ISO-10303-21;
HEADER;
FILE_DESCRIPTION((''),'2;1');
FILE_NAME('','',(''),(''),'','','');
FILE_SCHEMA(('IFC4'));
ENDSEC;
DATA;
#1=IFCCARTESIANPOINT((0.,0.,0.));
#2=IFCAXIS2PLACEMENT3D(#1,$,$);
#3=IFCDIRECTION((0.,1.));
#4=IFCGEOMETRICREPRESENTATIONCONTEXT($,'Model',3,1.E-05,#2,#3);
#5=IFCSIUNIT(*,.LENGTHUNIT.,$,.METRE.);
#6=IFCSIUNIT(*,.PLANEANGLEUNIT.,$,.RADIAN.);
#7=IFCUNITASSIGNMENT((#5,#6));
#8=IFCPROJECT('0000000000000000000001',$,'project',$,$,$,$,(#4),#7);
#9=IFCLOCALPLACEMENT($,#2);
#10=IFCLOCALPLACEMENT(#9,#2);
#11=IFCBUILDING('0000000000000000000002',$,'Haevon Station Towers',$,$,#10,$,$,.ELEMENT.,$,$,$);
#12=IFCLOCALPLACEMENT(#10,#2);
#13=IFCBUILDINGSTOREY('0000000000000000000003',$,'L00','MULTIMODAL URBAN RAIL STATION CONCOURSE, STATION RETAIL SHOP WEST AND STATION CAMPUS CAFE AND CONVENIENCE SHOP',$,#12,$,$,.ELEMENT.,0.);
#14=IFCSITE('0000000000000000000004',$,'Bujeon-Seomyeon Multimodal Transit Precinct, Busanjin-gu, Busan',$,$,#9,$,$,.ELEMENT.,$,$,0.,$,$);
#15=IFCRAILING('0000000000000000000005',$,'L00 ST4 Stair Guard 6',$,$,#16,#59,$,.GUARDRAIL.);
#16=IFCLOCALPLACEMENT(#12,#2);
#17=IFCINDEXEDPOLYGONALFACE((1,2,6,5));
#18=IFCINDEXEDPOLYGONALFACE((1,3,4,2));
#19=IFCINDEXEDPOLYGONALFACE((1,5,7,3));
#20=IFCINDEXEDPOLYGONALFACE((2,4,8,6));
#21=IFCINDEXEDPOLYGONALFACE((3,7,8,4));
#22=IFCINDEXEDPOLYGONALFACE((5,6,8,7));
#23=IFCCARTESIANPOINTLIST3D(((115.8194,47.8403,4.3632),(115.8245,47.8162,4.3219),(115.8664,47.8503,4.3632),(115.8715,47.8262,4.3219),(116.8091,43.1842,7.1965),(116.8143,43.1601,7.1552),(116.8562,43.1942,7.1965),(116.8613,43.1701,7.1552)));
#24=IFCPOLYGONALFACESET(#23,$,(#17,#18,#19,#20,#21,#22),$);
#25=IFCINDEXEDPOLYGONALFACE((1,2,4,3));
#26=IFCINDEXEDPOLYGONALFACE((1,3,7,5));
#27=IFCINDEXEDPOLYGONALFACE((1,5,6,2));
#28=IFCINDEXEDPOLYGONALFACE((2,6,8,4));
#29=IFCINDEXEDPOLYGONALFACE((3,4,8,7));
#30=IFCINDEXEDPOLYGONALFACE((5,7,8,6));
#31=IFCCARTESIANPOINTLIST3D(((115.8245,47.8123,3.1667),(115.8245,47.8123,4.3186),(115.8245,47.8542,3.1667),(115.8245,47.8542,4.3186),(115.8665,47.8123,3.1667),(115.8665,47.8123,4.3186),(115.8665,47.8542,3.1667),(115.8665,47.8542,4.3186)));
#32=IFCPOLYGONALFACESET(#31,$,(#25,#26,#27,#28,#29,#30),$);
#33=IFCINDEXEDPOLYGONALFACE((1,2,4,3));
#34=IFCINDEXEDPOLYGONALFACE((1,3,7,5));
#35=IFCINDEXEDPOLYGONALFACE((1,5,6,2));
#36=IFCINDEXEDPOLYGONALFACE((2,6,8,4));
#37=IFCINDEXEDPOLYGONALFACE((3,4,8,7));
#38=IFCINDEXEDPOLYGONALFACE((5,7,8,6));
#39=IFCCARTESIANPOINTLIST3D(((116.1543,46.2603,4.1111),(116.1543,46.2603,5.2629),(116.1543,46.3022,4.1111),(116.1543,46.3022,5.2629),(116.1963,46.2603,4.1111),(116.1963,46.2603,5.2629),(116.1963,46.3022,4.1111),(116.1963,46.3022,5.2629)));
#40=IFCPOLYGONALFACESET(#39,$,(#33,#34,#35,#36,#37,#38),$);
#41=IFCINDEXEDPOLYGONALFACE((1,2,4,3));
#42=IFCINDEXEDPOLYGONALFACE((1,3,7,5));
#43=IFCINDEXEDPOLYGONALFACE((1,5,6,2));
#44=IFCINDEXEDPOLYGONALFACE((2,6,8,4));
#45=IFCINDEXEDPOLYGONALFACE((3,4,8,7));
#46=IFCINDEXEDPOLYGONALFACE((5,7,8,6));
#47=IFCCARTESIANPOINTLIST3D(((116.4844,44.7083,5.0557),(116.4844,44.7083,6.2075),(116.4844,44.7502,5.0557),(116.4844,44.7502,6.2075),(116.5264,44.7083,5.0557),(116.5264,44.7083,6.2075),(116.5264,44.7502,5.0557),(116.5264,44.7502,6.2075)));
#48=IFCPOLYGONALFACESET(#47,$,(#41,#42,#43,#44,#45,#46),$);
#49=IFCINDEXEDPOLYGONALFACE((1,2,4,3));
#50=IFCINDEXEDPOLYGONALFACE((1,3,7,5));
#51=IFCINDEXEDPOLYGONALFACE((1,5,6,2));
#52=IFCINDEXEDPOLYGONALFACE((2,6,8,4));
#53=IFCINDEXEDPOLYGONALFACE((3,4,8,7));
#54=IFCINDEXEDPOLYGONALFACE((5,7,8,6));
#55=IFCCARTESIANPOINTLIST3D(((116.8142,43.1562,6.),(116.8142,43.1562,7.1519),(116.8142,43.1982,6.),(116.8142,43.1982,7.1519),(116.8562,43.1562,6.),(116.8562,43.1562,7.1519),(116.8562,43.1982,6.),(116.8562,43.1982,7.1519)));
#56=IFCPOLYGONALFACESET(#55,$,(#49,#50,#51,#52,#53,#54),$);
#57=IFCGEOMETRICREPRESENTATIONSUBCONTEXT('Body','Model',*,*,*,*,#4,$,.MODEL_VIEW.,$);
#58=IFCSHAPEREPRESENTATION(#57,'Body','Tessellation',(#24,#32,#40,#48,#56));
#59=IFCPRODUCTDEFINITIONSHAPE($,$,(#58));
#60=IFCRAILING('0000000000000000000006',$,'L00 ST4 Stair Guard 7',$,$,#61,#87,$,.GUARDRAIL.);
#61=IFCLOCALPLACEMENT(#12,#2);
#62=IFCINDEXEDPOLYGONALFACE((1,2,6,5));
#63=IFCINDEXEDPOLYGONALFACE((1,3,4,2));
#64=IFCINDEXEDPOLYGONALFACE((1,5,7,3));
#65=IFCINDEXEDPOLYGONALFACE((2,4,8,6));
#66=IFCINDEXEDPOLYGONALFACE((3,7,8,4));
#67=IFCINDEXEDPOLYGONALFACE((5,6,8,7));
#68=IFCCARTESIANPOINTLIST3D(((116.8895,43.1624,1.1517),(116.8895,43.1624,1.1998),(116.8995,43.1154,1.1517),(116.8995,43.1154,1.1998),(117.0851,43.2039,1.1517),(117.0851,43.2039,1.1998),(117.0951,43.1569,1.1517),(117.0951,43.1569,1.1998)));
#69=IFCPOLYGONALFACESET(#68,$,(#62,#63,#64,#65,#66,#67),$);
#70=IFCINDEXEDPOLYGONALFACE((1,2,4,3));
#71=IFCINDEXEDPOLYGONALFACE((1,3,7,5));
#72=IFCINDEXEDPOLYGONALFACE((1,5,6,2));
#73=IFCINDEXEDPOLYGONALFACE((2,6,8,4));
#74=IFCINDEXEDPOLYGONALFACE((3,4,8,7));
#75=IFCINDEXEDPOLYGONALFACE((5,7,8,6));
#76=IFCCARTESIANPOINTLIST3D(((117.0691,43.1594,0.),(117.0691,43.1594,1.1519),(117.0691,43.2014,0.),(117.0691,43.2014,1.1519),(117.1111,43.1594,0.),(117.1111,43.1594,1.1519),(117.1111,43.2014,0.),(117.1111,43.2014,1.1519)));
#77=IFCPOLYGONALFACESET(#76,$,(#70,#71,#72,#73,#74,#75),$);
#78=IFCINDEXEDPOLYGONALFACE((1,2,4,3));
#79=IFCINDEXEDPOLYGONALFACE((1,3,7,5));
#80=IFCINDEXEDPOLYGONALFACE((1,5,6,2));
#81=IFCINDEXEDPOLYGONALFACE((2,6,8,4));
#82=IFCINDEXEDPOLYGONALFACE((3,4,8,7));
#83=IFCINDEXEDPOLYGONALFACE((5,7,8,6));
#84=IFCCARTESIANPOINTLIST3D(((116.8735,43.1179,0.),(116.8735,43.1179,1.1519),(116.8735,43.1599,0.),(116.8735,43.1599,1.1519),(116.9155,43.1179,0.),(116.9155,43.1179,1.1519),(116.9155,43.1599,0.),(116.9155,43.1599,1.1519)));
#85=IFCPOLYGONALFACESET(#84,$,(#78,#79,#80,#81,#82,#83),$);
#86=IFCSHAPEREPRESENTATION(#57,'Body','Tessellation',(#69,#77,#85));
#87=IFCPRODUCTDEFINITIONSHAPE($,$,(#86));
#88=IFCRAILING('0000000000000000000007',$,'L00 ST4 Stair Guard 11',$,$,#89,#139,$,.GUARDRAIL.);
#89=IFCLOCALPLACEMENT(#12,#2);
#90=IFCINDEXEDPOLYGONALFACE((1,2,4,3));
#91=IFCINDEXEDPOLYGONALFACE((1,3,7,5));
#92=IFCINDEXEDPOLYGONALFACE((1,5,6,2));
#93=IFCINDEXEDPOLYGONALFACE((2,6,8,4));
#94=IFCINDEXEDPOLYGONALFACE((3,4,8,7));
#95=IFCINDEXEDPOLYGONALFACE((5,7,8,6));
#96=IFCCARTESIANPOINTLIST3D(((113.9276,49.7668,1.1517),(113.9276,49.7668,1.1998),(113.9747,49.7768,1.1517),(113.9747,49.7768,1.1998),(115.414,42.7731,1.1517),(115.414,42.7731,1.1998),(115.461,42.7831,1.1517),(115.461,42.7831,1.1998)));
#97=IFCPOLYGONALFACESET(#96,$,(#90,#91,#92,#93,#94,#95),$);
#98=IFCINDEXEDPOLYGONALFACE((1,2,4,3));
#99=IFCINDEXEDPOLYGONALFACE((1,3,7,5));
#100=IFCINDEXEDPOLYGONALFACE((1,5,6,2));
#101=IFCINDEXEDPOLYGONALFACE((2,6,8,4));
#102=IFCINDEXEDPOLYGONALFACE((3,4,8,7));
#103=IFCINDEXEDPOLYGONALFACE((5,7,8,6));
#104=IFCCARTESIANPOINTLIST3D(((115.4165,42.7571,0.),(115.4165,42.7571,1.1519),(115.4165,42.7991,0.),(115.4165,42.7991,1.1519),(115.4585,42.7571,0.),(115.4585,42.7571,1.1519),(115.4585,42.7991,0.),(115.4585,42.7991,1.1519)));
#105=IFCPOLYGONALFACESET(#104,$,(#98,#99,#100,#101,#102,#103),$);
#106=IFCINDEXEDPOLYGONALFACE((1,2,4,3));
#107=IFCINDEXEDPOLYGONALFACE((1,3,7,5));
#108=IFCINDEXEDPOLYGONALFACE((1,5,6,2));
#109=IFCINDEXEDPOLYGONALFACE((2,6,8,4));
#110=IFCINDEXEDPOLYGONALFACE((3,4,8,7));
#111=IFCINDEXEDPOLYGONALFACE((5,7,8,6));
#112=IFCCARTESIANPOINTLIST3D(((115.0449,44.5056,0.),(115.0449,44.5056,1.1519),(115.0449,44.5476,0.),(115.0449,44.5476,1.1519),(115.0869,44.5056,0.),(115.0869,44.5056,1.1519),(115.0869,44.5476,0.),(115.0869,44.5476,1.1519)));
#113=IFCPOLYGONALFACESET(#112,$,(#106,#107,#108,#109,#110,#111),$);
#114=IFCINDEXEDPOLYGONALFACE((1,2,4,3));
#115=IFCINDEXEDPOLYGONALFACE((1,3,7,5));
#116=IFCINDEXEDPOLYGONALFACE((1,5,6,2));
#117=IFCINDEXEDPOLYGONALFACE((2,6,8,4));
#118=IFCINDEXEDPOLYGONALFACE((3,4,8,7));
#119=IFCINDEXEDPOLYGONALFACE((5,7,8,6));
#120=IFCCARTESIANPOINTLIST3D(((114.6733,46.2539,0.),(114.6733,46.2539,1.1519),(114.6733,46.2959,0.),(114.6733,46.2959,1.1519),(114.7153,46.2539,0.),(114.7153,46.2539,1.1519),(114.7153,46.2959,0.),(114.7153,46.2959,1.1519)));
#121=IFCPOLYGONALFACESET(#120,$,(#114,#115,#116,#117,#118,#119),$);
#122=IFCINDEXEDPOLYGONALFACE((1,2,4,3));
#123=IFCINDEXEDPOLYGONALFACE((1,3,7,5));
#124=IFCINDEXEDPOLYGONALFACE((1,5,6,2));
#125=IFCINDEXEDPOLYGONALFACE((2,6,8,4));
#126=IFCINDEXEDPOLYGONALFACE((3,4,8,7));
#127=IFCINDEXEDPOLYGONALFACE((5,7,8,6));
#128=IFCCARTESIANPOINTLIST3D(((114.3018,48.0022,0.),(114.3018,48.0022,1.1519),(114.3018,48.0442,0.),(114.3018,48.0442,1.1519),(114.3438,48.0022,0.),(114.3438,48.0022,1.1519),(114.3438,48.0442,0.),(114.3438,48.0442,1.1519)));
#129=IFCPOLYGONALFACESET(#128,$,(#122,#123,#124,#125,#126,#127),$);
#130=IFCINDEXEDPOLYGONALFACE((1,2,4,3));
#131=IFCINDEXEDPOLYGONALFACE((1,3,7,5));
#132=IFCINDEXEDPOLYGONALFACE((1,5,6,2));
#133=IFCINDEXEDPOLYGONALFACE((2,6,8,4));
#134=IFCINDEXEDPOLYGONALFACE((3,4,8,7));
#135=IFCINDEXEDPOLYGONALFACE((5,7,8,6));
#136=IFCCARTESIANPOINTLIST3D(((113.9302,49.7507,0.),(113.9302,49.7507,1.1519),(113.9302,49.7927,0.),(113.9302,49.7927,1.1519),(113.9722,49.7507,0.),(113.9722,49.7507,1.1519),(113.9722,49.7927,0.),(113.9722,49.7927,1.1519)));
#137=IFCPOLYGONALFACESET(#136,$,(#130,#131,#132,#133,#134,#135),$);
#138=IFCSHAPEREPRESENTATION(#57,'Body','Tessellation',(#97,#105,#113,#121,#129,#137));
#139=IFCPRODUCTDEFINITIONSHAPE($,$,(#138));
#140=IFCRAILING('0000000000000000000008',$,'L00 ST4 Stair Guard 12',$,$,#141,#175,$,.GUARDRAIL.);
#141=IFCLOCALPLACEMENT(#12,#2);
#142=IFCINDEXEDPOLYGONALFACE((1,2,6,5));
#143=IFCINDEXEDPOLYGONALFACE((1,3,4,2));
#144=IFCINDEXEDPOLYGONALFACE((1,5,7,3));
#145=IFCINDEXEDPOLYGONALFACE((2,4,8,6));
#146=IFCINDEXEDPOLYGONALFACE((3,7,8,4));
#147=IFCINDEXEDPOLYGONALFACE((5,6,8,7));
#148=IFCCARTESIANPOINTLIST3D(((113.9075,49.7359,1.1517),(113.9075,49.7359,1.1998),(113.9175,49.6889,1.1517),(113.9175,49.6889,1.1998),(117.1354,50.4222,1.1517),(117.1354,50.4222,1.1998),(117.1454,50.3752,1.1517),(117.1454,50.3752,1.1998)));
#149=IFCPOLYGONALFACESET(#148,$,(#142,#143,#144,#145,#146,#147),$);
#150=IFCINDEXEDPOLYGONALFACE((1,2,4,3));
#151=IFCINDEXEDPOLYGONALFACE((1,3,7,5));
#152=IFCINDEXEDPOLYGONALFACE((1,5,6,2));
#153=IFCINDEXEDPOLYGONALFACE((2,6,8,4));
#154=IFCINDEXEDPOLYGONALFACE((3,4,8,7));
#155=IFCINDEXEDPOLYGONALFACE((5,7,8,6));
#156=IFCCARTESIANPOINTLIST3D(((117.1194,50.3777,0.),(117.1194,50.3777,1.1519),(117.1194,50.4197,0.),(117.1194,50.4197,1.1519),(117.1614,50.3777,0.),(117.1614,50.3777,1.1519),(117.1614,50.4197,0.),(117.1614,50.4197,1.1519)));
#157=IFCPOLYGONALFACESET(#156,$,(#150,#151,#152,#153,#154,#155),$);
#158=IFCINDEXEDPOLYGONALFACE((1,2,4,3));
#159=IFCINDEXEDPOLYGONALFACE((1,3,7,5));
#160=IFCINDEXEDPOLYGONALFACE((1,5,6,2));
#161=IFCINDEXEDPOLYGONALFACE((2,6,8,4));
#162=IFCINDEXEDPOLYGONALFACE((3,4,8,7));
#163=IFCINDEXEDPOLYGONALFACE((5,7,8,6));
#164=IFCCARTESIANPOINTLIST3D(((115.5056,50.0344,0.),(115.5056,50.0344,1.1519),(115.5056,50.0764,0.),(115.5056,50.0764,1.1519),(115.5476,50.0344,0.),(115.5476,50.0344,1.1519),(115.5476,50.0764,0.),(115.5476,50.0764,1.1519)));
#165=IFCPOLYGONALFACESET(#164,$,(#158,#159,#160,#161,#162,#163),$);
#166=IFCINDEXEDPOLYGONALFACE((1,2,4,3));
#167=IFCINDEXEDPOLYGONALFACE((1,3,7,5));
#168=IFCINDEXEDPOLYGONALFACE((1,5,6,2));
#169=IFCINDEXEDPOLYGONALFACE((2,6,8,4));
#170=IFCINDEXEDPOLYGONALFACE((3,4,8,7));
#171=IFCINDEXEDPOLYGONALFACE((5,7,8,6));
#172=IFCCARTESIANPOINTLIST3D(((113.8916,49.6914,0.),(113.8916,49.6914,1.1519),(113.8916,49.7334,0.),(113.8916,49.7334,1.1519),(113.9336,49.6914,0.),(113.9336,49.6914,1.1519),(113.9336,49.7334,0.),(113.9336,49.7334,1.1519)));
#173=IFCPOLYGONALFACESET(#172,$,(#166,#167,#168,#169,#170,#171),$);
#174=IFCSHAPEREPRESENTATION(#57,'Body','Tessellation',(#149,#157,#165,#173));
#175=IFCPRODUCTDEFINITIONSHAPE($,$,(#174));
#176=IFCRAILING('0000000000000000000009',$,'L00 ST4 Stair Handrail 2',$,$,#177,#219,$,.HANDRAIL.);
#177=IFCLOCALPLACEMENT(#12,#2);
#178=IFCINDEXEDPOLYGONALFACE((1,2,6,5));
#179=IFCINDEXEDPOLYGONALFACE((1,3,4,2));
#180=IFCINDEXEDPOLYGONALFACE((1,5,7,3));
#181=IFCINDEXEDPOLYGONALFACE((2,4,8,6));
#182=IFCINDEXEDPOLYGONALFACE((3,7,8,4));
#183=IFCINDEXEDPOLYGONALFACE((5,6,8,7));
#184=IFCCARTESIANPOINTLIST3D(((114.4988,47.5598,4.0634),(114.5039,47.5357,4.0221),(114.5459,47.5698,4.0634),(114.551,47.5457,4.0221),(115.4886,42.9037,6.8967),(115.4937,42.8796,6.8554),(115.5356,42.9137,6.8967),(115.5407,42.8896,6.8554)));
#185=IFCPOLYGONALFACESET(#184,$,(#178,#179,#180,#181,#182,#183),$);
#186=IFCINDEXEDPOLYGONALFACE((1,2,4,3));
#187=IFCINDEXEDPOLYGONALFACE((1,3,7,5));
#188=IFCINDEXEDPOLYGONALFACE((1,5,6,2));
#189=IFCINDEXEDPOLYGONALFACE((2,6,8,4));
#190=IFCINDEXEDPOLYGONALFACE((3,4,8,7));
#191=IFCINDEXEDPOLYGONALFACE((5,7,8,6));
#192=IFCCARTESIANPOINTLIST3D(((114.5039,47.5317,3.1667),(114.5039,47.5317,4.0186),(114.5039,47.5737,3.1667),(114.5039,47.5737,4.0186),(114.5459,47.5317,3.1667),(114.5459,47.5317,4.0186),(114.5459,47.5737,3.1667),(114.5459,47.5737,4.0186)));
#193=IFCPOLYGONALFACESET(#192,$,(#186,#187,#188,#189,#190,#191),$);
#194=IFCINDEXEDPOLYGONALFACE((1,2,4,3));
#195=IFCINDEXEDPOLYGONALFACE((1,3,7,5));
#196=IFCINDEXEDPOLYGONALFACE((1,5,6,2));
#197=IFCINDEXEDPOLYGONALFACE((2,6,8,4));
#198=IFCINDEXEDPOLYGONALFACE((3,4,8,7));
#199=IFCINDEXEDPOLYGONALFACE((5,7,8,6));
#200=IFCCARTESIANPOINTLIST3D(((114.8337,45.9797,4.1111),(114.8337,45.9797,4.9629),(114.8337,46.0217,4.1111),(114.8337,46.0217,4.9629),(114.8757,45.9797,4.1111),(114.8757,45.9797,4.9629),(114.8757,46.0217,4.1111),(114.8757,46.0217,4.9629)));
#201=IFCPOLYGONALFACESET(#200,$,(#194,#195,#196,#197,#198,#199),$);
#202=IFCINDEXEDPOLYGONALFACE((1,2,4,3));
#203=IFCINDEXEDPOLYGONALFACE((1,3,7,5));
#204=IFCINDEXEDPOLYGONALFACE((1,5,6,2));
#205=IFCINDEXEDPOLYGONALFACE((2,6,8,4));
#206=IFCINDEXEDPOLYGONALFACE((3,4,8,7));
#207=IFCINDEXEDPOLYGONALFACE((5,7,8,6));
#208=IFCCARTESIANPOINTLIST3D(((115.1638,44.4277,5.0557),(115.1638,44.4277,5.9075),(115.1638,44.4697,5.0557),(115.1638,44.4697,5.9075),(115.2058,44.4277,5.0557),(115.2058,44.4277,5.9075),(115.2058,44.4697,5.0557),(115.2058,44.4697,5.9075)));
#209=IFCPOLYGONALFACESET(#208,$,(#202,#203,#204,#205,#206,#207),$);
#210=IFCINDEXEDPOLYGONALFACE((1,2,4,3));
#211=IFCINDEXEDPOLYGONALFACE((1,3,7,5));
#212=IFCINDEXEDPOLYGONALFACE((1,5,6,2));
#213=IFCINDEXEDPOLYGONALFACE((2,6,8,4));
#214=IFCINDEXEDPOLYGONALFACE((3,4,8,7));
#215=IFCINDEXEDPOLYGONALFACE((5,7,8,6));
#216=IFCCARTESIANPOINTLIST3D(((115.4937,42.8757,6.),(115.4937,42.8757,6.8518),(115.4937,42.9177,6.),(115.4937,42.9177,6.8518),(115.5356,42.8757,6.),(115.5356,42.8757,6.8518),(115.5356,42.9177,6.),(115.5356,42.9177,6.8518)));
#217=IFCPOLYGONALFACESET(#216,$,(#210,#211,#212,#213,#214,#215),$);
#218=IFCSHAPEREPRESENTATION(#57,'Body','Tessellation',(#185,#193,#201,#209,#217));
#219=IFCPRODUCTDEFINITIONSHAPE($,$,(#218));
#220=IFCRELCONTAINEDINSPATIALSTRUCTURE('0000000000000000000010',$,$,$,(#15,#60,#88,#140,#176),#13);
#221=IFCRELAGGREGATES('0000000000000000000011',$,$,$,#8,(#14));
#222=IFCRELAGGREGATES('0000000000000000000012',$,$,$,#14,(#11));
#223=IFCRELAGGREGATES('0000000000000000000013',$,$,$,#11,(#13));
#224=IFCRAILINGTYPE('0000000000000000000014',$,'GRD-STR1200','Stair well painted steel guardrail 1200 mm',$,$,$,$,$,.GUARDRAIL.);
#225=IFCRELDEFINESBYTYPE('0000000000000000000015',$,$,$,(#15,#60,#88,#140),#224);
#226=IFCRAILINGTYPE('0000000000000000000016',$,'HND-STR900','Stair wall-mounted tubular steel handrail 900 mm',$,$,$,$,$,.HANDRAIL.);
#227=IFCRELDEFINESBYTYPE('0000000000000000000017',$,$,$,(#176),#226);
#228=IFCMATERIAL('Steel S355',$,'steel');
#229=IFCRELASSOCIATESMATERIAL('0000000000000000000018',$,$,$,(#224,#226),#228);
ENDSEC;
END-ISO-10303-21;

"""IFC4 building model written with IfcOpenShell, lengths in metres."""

from ifc_helpers import new_model, si_unit, direction, frame, origin, origin_2d, place, context, subcontext, project, spatial, rectangle, extrude, material, type_object, element, save


model = new_model("IFC4")

# Units and contexts
model_context = context("Model", 3, precision=1e-05, world=origin(), true_north=direction((0.0, 1.0)))
body_context = subcontext(model_context, "Body", "Model", "MODEL_VIEW")
ifc_project = project(units=[si_unit("LENGTHUNIT", "METRE"), si_unit("PLANEANGLEUNIT", "RADIAN")], contexts=[model_context])

# Site, building, storey
site_placement = place(None, origin())
site = spatial("IfcSite", under=ifc_project, at=site_placement, Name="Bujeon-Seomyeon Multimodal Transit Precinct, Busanjin-gu, Busan", CompositionType="ELEMENT", RefElevation=0.0)
building_placement = place(site_placement, origin())
building = spatial("IfcBuilding", under=site, at=building_placement, Name="Haevon Station Towers", CompositionType="ELEMENT")
storey_placement = place(building_placement, origin())
storey = spatial("IfcBuildingStorey", under=building, at=storey_placement, Name="L00", Description="MULTIMODAL URBAN RAIL STATION CONCOURSE, STATION RETAIL SHOP WEST AND STATION CAMPUS CAFE AND CONVENIENCE SHOP", CompositionType="ELEMENT", Elevation=0.0)

# Railings
ifc_material_1 = material(Name="Steel S355", Category="steel")
railing_type_1 = type_object("IfcRailingType", Name="GRD-STR1200", Description="Stair well painted steel guardrail 1200 mm", PredefinedType="GUARDRAIL", material=ifc_material_1)
railing_1_placement = place(storey_placement, frame((115.8455, 47.8333, 3.1667)))
element("IfcRailing", 1, at=railing_1_placement, inside=storey, type_object=railing_type_1, Name="L00 ST4 Stair Guard 6", PredefinedType="GUARDRAIL", context=body_context, shape_type="SweptSolid", body=[
    extrude(rectangle(XDim=0.0481, YDim=0.0481, at=origin_2d()), frame((0.0, 0.0, 1.1758), z_axis=(0.178673, -0.84052, 0.51147), x_axis=(0.978144, 0.207928, 0.0)), (0.0, 0.0, 1.0), 5.5396),
    extrude(rectangle(XDim=0.042, YDim=0.042, at=origin_2d()), origin(), (0.0, 0.0, 1.0), 1.1519),
    extrude(rectangle(XDim=0.042, YDim=0.042, at=origin_2d()), frame((0.3298, -1.552, 0.9443)), (0.0, 0.0, 1.0), 1.1519),
    extrude(rectangle(XDim=0.042, YDim=0.042, at=origin_2d()), frame((0.6599, -3.104, 1.8889)), (0.0, 0.0, 1.0), 1.1519),
    extrude(rectangle(XDim=0.042, YDim=0.042, at=origin_2d()), frame((0.9897, -4.656, 2.8333)), (0.0, 0.0, 1.0), 1.1519),
])
railing_2_placement = place(storey_placement, frame((117.0901, 43.1804, 0.0)))
element("IfcRailing", 2, at=railing_2_placement, inside=storey, type_object=railing_type_1, Name="L00 ST4 Stair Guard 7", PredefinedType="GUARDRAIL", context=body_context, shape_type="SweptSolid", body=[
    extrude(rectangle(XDim=0.0481, YDim=0.0481, at=origin_2d()), frame((0.0, 0.0, 1.1758), z_axis=(-0.978212, -0.20761, 0.0), x_axis=(0.20761, -0.978212, 0.0)), (0.0, 0.0, 1.0), 0.2),
    extrude(rectangle(XDim=0.042, YDim=0.042, at=origin_2d()), origin(), (0.0, 0.0, 1.0), 1.1519),
    extrude(rectangle(XDim=0.042, YDim=0.042, at=origin_2d()), frame((-0.1956, -0.0415, 0.0)), (0.0, 0.0, 1.0), 1.1519),
])
railing_3_placement = place(storey_placement, frame((115.4375, 42.7781, 0.0)))
element("IfcRailing", 3, at=railing_3_placement, inside=storey, type_object=railing_type_1, Name="L00 ST4 Stair Guard 11", PredefinedType="GUARDRAIL", context=body_context, shape_type="SweptSolid", body=[
    extrude(rectangle(XDim=0.0481, YDim=0.0481, at=origin_2d()), frame((0.0, 0.0, 1.1758), z_axis=(-0.207882, 0.978154, 0.0), x_axis=(-0.978154, -0.207882, 0.0)), (0.0, 0.0, 1.0), 7.1499),
    extrude(rectangle(XDim=0.042, YDim=0.042, at=origin_2d()), origin(), (0.0, 0.0, 1.0), 1.1519),
    extrude(rectangle(XDim=0.042, YDim=0.042, at=origin_2d()), frame((-0.3716, 1.7485, 0.0)), (0.0, 0.0, 1.0), 1.1519),
    extrude(rectangle(XDim=0.042, YDim=0.042, at=origin_2d()), frame((-0.7432, 3.4968, 0.0)), (0.0, 0.0, 1.0), 1.1519),
    extrude(rectangle(XDim=0.042, YDim=0.042, at=origin_2d()), frame((-1.1147, 5.2451, 0.0)), (0.0, 0.0, 1.0), 1.1519),
    extrude(rectangle(XDim=0.042, YDim=0.042, at=origin_2d()), frame((-1.4863, 6.9937, 0.0)), (0.0, 0.0, 1.0), 1.1519),
])
railing_4_placement = place(storey_placement, frame((117.1404, 50.3987, 0.0)))
element("IfcRailing", 4, at=railing_4_placement, inside=storey, type_object=railing_type_1, Name="L00 ST4 Stair Guard 12", PredefinedType="GUARDRAIL", context=body_context, shape_type="SweptSolid", body=[
    extrude(rectangle(XDim=0.0481, YDim=0.0481, at=origin_2d()), frame((0.0, 0.0, 1.1758), z_axis=(-0.978136, -0.207968, 0.0), x_axis=(0.207968, -0.978136, 0.0)), (0.0, 0.0, 1.0), 3.3),
    extrude(rectangle(XDim=0.042, YDim=0.042, at=origin_2d()), origin(), (0.0, 0.0, 1.0), 1.1519),
    extrude(rectangle(XDim=0.042, YDim=0.042, at=origin_2d()), frame((-1.6138, -0.3433, 0.0)), (0.0, 0.0, 1.0), 1.1519),
    extrude(rectangle(XDim=0.042, YDim=0.042, at=origin_2d()), frame((-3.2278, -0.6863, 0.0)), (0.0, 0.0, 1.0), 1.1519),
])
railing_type_2 = type_object("IfcRailingType", Name="HND-STR900", Description="Stair wall-mounted tubular steel handrail 900 mm", PredefinedType="HANDRAIL", material=ifc_material_1)
railing_5_placement = place(storey_placement, frame((114.5249, 47.5527, 3.1667)))
element("IfcRailing", 5, at=railing_5_placement, inside=storey, type_object=railing_type_2, Name="L00 ST4 Stair Handrail 2", PredefinedType="HANDRAIL", context=body_context, shape_type="SweptSolid", body=[
    extrude(rectangle(XDim=0.0481, YDim=0.0481, at=origin_2d()), frame((0.0, 0.0, 0.876), z_axis=(0.178673, -0.84052, 0.51147), x_axis=(0.978144, 0.207928, 0.0)), (0.0, 0.0, 1.0), 5.5396),
    extrude(rectangle(XDim=0.042, YDim=0.042, at=origin_2d()), origin(), (0.0, 0.0, 1.0), 0.8518),
    extrude(rectangle(XDim=0.042, YDim=0.042, at=origin_2d()), frame((0.3298, -1.552, 0.9443)), (0.0, 0.0, 1.0), 0.8518),
    extrude(rectangle(XDim=0.042, YDim=0.042, at=origin_2d()), frame((0.6599, -3.104, 1.8889)), (0.0, 0.0, 1.0), 0.8518),
    extrude(rectangle(XDim=0.042, YDim=0.042, at=origin_2d()), frame((0.9897, -4.656, 2.8333)), (0.0, 0.0, 1.0), 0.8518),
])

save(model, "model.ifc")
